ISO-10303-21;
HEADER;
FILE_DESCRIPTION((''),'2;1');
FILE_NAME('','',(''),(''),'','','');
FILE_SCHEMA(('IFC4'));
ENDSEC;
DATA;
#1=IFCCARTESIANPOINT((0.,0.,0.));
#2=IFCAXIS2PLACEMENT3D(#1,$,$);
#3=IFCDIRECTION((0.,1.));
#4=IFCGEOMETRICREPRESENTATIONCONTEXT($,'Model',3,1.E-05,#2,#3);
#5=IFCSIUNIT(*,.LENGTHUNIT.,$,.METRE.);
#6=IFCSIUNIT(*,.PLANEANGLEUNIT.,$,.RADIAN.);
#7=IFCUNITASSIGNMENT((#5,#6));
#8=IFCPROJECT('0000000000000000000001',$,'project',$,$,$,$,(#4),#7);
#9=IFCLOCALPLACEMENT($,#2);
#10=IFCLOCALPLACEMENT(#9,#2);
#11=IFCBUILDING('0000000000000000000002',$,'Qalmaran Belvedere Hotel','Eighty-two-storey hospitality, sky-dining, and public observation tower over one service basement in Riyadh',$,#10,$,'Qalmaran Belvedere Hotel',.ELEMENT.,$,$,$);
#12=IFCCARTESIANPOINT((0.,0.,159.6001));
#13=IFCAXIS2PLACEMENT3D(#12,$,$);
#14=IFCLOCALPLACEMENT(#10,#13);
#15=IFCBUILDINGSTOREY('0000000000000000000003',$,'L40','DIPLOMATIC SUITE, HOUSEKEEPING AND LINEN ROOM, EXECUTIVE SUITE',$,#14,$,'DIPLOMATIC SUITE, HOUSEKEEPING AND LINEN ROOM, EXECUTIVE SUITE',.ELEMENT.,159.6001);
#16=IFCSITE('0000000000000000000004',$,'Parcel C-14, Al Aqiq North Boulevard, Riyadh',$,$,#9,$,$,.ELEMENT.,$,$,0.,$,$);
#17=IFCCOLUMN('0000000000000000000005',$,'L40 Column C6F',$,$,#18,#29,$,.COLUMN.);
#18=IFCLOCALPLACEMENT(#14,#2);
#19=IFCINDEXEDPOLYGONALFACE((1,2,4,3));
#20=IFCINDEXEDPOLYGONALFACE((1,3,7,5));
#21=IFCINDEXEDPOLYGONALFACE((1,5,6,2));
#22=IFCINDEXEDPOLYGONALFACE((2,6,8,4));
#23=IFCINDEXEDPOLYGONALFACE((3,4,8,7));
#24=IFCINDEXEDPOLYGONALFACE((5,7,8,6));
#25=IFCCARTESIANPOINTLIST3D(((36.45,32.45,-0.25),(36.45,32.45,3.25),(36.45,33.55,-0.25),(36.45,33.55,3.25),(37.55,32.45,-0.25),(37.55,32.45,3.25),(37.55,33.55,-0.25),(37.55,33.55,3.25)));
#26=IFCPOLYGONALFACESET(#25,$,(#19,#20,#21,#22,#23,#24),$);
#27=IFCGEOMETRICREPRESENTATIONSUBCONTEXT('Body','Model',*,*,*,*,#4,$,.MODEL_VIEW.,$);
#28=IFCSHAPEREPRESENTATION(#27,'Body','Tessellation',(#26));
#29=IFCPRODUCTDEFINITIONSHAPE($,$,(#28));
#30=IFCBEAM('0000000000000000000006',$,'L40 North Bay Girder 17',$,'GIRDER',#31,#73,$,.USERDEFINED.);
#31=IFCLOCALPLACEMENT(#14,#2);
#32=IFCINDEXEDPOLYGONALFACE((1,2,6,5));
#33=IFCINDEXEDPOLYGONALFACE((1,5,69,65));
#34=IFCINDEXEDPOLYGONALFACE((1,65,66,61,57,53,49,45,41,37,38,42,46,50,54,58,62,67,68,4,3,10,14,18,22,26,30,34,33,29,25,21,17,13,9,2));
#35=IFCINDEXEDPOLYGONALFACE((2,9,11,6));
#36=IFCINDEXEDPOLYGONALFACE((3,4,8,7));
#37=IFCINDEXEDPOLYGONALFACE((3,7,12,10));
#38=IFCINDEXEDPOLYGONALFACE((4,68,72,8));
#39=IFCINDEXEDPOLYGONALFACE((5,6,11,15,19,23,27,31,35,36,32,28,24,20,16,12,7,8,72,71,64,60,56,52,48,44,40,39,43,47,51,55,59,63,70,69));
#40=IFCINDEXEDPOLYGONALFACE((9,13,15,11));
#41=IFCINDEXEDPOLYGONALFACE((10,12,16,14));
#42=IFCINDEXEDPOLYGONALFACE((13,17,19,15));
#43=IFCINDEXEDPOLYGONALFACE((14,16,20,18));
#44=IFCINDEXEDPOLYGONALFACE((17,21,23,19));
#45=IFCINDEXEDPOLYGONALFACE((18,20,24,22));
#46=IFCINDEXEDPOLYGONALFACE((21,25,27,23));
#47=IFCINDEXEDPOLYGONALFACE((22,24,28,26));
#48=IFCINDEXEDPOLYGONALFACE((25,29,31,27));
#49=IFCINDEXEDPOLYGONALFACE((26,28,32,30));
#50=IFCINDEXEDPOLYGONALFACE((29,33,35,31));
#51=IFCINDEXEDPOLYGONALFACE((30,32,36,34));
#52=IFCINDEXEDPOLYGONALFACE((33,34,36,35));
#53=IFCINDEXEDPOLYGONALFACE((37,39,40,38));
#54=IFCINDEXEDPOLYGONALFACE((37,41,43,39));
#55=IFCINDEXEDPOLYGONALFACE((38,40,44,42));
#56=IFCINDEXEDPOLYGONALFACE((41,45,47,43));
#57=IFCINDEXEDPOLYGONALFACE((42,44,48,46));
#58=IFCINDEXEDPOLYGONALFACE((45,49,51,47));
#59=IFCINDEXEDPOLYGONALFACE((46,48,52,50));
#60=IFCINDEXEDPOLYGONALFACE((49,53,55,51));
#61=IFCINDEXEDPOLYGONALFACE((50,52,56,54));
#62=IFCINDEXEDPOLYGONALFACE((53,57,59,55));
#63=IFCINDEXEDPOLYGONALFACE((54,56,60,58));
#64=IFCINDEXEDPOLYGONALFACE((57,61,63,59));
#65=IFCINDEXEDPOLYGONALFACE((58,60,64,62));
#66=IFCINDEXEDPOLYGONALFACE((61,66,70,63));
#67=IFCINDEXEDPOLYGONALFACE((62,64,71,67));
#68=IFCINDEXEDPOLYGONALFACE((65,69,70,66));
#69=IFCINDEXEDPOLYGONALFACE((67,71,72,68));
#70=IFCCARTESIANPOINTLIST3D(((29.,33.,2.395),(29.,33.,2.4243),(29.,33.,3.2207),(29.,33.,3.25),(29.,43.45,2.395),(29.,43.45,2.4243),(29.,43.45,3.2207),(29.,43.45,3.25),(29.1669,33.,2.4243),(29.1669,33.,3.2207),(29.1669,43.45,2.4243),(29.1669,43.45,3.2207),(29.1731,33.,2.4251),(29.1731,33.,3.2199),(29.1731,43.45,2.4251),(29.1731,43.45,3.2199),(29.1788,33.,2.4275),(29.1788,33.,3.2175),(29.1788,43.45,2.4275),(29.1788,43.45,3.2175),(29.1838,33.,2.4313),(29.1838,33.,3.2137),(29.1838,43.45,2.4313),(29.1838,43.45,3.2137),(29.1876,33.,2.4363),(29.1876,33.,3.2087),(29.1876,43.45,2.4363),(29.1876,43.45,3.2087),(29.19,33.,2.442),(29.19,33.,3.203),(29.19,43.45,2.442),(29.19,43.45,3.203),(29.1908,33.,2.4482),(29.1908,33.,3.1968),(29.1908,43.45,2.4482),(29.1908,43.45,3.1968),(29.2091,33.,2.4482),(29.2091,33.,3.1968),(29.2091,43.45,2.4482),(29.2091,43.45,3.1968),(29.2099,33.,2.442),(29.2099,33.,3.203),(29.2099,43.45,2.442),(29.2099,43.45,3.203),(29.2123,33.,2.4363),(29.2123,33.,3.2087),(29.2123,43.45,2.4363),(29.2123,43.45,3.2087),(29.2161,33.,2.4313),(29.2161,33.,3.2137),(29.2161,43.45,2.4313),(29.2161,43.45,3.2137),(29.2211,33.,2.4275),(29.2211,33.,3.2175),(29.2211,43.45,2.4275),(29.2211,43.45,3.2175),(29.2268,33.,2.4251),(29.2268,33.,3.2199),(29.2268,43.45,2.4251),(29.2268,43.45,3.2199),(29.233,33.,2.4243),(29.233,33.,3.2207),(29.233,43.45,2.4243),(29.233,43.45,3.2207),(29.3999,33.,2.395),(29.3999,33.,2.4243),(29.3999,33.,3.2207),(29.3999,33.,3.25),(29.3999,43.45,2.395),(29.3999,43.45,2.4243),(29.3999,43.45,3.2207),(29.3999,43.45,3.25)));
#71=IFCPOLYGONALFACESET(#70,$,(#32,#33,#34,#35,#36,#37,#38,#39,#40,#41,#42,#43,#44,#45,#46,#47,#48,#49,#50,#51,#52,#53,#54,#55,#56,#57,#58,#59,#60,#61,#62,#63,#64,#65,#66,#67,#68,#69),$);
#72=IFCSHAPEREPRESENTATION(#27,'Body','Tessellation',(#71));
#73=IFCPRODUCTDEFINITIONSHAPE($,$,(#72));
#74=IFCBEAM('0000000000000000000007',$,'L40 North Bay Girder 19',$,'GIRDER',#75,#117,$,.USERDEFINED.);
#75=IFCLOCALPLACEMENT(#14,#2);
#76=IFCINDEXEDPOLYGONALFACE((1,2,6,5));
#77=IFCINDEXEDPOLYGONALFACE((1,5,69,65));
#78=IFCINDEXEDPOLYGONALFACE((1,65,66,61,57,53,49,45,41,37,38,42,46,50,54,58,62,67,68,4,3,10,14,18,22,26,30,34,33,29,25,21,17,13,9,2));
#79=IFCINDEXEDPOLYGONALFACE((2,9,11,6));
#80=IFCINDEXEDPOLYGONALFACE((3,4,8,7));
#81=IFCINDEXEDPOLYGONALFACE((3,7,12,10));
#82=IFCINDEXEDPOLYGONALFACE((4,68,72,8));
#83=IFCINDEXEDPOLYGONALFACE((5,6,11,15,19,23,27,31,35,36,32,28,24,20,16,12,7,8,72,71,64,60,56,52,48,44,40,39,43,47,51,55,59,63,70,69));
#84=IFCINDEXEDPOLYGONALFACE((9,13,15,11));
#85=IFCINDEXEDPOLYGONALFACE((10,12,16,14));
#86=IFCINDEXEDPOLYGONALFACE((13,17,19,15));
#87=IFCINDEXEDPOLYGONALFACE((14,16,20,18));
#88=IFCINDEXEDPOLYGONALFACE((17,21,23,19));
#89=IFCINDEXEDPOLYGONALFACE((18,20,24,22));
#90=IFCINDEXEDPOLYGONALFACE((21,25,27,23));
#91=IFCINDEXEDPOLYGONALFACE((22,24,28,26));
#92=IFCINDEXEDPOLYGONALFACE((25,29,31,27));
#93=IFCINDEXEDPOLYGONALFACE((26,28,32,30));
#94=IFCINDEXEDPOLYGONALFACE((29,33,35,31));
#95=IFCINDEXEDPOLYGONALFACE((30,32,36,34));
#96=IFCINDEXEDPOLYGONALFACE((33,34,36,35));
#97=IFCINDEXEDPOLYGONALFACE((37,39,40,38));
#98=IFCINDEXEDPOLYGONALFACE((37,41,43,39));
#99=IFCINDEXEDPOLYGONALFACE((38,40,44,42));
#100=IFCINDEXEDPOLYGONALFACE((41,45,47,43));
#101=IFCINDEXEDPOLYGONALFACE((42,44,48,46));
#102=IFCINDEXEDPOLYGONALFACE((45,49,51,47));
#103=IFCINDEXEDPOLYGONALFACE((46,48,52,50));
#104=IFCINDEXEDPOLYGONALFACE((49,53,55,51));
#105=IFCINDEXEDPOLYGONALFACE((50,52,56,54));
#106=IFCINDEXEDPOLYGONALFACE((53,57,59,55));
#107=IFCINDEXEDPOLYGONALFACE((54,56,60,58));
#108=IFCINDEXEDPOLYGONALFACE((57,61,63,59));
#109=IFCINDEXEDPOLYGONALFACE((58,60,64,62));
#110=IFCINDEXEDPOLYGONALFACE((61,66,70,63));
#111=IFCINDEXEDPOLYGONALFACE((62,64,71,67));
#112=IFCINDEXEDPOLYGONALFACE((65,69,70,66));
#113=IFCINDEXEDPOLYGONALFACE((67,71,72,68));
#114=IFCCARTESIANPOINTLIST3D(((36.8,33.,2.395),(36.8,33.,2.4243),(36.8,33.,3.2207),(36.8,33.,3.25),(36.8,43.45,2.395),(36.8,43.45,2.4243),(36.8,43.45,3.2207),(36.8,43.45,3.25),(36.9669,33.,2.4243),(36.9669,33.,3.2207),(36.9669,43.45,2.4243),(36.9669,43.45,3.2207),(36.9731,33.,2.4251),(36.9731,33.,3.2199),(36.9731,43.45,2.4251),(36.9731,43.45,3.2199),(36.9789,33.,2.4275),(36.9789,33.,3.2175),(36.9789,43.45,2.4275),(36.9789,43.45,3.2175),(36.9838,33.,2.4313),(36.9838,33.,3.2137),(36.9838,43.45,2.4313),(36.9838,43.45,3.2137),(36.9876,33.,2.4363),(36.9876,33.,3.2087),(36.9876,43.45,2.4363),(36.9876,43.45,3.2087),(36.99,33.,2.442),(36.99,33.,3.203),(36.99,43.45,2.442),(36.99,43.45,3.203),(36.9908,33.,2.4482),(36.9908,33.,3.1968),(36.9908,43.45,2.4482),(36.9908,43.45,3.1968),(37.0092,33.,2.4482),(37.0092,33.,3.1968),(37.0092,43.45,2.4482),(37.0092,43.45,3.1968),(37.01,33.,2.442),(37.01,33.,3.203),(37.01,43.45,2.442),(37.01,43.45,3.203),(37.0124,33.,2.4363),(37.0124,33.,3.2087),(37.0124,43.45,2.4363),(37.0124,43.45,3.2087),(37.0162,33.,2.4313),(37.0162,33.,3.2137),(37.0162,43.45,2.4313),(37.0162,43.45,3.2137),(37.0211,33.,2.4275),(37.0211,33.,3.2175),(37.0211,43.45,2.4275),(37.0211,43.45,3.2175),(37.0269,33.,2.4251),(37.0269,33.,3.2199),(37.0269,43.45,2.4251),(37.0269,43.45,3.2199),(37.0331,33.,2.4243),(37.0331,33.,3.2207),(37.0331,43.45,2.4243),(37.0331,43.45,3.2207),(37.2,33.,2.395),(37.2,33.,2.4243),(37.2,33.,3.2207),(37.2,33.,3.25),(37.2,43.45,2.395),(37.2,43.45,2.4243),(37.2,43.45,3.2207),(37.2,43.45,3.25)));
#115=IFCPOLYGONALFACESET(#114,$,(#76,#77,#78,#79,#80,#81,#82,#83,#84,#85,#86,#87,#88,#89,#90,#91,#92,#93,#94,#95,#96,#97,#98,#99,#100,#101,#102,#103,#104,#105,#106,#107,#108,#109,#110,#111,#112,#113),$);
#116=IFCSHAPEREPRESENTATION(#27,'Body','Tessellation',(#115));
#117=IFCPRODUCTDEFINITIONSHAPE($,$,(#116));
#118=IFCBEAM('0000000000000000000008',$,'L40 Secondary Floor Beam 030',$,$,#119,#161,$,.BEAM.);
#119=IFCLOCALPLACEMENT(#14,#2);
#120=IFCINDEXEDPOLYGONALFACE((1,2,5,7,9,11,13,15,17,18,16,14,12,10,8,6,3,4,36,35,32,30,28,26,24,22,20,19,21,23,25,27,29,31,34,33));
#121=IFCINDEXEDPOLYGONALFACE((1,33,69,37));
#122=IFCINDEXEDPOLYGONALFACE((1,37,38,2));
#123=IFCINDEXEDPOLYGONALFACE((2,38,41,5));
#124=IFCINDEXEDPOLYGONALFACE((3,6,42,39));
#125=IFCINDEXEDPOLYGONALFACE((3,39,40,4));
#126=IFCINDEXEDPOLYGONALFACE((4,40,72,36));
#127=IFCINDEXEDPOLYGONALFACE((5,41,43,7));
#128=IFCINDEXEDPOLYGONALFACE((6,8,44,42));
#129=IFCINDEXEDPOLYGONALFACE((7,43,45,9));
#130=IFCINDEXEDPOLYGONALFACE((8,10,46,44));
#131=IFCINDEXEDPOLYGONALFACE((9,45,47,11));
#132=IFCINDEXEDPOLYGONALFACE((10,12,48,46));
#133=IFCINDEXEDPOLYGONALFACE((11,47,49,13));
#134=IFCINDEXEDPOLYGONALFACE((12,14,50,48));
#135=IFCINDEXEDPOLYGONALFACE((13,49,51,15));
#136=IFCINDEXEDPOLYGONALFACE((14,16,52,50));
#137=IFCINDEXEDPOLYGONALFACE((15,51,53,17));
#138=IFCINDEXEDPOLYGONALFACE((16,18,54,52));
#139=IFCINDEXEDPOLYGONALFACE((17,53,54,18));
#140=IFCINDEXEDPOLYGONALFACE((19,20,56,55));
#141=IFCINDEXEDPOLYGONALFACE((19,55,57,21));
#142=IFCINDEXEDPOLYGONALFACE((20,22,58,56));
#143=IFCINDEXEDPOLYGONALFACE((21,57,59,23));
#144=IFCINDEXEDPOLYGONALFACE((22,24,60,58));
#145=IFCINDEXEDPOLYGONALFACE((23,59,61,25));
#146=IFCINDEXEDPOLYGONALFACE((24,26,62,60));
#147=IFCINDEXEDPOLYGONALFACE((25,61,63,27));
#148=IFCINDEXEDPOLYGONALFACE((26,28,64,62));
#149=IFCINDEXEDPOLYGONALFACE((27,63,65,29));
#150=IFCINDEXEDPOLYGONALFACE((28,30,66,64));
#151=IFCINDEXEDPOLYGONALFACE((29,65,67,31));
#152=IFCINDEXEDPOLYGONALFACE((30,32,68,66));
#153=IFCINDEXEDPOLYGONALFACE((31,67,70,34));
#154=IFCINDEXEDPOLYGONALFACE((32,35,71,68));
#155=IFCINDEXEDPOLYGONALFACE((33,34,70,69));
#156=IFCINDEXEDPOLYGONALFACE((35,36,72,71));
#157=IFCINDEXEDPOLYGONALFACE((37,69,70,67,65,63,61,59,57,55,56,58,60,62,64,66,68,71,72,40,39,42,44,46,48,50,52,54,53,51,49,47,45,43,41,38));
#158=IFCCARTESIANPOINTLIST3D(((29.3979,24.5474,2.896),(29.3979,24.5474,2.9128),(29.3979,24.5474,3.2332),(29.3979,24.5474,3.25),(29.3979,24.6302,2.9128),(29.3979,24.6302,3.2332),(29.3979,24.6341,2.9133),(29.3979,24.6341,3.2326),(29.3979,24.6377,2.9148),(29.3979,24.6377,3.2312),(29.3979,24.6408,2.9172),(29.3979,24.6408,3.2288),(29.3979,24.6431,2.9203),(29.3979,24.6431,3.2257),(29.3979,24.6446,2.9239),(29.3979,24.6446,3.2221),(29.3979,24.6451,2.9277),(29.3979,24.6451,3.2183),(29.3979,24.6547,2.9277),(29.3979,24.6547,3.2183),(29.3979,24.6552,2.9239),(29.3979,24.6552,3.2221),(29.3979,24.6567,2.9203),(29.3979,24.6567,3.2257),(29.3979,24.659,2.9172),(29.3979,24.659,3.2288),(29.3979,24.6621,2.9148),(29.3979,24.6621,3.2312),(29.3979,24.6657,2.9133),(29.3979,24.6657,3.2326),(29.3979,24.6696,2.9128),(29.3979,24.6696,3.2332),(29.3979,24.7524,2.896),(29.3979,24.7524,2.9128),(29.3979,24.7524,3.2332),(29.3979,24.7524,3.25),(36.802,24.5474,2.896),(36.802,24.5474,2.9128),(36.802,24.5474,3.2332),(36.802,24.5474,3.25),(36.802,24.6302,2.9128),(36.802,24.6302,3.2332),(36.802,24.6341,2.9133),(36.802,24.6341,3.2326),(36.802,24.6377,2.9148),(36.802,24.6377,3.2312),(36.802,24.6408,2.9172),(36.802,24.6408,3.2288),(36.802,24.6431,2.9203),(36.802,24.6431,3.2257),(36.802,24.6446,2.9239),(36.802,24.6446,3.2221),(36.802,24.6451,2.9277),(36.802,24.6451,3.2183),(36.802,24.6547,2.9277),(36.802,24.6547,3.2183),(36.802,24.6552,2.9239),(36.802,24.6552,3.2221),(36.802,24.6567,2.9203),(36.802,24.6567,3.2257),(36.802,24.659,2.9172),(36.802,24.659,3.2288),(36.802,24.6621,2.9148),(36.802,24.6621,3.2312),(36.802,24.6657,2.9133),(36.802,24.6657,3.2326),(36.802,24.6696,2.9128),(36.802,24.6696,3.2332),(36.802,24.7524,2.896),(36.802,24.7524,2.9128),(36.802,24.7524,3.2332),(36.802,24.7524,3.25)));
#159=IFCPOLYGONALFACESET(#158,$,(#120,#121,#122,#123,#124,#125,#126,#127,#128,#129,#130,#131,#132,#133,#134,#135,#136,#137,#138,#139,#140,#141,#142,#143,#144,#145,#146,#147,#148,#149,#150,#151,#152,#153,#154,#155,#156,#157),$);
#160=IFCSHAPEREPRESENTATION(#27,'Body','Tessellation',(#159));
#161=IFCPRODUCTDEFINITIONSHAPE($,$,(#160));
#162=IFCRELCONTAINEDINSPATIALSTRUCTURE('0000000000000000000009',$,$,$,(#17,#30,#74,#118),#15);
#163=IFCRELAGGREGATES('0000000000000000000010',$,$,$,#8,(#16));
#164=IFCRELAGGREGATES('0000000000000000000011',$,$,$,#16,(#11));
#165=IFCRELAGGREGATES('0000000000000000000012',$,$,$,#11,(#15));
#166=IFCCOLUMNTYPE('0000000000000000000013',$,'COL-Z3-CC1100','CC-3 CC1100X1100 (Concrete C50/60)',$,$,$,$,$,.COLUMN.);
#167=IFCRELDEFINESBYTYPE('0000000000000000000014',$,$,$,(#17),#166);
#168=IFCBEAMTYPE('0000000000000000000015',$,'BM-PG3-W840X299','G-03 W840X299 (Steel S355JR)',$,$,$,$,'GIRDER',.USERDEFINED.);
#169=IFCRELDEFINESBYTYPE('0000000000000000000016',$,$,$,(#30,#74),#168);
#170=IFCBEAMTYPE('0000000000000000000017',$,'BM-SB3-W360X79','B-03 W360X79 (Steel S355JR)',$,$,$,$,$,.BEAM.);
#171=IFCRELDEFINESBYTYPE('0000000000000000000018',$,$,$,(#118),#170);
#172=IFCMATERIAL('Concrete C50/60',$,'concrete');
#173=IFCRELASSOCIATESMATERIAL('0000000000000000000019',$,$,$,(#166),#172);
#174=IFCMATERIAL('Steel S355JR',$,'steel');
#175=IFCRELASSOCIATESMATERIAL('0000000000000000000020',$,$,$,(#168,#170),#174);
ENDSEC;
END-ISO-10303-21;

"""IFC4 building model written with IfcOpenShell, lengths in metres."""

from ifc_helpers import new_model, si_unit, direction, frame, origin, origin_2d, place, context, subcontext, project, spatial, rectangle, i_section, extrude, material, material_profile, profile_set, type_object, element, save


model = new_model("IFC4")

# Units and contexts
model_context = context("Model", 3, precision=1e-05, world=origin(), true_north=direction((0.0, 1.0)))
body_context = subcontext(model_context, "Body", "Model", "MODEL_VIEW")
ifc_project = project(units=[si_unit("LENGTHUNIT", "METRE"), si_unit("PLANEANGLEUNIT", "RADIAN")], contexts=[model_context])

# Site, building, storey
site_placement = place(None, origin())
site = spatial("IfcSite", under=ifc_project, at=site_placement, Name="Parcel C-14, Al Aqiq North Boulevard, Riyadh", CompositionType="ELEMENT", RefElevation=0.0)
building_placement = place(site_placement, origin())
building = spatial("IfcBuilding", under=site, at=building_placement, Name="Qalmaran Belvedere Hotel", Description="Eighty-two-storey hospitality, sky-dining, and public observation tower over one service basement in Riyadh", LongName="Qalmaran Belvedere Hotel", CompositionType="ELEMENT")
storey_placement = place(building_placement, frame((0.0, 0.0, 159.6001)))
storey = spatial("IfcBuildingStorey", under=building, at=storey_placement, Name="L40", Description="DIPLOMATIC SUITE, HOUSEKEEPING AND LINEN ROOM, EXECUTIVE SUITE", LongName="DIPLOMATIC SUITE, HOUSEKEEPING AND LINEN ROOM, EXECUTIVE SUITE", CompositionType="ELEMENT", Elevation=159.6001)

# Column
ifc_material_1 = material(Name="Concrete C50/60", Category="concrete")
ifc_material_profile_1 = material_profile(ifc_material_1, rectangle(XDim=1.1001, YDim=1.1001, at=origin_2d()), Name="CC1100X1100")
ifc_profile_set_1 = profile_set([ifc_material_profile_1], Name="Concrete C50/60")
column_type = type_object("IfcColumnType", Name="COL-Z3-CC1100", Description="CC-3 CC1100X1100 (Concrete C50/60)", PredefinedType="COLUMN", material=ifc_profile_set_1)
column_placement = place(storey_placement, frame((37.0, 33.0, -0.25), z_axis=(0.0, 0.0, 1.0), x_axis=(1.0, 0.0, 0.0)))
element("IfcColumn", 1, at=column_placement, inside=storey, type_object=column_type, Name="L40 Column C6F", PredefinedType="COLUMN", context=body_context, shape_type="SweptSolid", body=[
    extrude(rectangle(XDim=1.1001, YDim=1.1001, at=origin_2d()), origin(), (0.0, 0.0, 1.0), 3.5),
])

# Beams
ifc_material_2 = material(Name="Steel S355JR", Category="steel")
ifc_material_profile_2 = material_profile(ifc_material_2, i_section(OverallWidth=0.3999, OverallDepth=0.855, WebThickness=0.0183, FlangeThickness=0.0293, FilletRadius=0.0239, at=origin_2d()), Name="W840X299")
ifc_profile_set_2 = profile_set([ifc_material_profile_2], Name="Steel S355JR")
beam_type_1 = type_object("IfcBeamType", Name="BM-PG3-W840X299", Description="G-03 W840X299 (Steel S355JR)", ElementType="GIRDER", PredefinedType="USERDEFINED", material=ifc_profile_set_2)
for number, where, z_axis, x_axis, name in (
    (2, (29.2, 33.0, 2.8225), (0.0, 1.0, 0.0), (-1.0, 0.0, 0.0), "L40 North Bay Girder 17"),
    (3, (37.0, 33.0, 2.8225), (0.0, 1.0, 0.0), (-1.0, 0.0, 0.0), "L40 North Bay Girder 19"),
):
    element("IfcBeam", number, at=place(storey_placement, frame(where, z_axis=z_axis, x_axis=x_axis)), inside=storey, type_object=beam_type_1, Name=name, ObjectType="GIRDER", PredefinedType="USERDEFINED", context=body_context, shape_type="SweptSolid", body=[
        extrude(i_section(OverallWidth=0.3999, OverallDepth=0.855, WebThickness=0.0183, FlangeThickness=0.0293, FilletRadius=0.0239, at=origin_2d()), origin(), (0.0, 0.0, 1.0), 10.45),
    ])
ifc_material_profile_3 = material_profile(ifc_material_2, i_section(OverallWidth=0.2051, OverallDepth=0.354, WebThickness=0.0095, FlangeThickness=0.0168, FilletRadius=0.0149, at=origin_2d()), Name="W360X79")
ifc_profile_set_3 = profile_set([ifc_material_profile_3], Name="Steel S355JR")
beam_type_2 = type_object("IfcBeamType", Name="BM-SB3-W360X79", Description="B-03 W360X79 (Steel S355JR)", PredefinedType="BEAM", material=ifc_profile_set_3)
for number, where, z_axis, x_axis, name in (
    (4, (29.3979, 24.6499, 3.073), (1.0, 0.0, 0.0), (0.0, 1.0, 0.0), "L40 Secondary Floor Beam 030"),
):
    element("IfcBeam", number, at=place(storey_placement, frame(where, z_axis=z_axis, x_axis=x_axis)), inside=storey, type_object=beam_type_2, Name=name, PredefinedType="BEAM", context=body_context, shape_type="SweptSolid", body=[
        extrude(i_section(OverallWidth=0.2051, OverallDepth=0.354, WebThickness=0.0095, FlangeThickness=0.0168, FilletRadius=0.0149, at=origin_2d()), origin(), (0.0, 0.0, 1.0), 7.4041),
    ])

save(model, "model.ifc")
